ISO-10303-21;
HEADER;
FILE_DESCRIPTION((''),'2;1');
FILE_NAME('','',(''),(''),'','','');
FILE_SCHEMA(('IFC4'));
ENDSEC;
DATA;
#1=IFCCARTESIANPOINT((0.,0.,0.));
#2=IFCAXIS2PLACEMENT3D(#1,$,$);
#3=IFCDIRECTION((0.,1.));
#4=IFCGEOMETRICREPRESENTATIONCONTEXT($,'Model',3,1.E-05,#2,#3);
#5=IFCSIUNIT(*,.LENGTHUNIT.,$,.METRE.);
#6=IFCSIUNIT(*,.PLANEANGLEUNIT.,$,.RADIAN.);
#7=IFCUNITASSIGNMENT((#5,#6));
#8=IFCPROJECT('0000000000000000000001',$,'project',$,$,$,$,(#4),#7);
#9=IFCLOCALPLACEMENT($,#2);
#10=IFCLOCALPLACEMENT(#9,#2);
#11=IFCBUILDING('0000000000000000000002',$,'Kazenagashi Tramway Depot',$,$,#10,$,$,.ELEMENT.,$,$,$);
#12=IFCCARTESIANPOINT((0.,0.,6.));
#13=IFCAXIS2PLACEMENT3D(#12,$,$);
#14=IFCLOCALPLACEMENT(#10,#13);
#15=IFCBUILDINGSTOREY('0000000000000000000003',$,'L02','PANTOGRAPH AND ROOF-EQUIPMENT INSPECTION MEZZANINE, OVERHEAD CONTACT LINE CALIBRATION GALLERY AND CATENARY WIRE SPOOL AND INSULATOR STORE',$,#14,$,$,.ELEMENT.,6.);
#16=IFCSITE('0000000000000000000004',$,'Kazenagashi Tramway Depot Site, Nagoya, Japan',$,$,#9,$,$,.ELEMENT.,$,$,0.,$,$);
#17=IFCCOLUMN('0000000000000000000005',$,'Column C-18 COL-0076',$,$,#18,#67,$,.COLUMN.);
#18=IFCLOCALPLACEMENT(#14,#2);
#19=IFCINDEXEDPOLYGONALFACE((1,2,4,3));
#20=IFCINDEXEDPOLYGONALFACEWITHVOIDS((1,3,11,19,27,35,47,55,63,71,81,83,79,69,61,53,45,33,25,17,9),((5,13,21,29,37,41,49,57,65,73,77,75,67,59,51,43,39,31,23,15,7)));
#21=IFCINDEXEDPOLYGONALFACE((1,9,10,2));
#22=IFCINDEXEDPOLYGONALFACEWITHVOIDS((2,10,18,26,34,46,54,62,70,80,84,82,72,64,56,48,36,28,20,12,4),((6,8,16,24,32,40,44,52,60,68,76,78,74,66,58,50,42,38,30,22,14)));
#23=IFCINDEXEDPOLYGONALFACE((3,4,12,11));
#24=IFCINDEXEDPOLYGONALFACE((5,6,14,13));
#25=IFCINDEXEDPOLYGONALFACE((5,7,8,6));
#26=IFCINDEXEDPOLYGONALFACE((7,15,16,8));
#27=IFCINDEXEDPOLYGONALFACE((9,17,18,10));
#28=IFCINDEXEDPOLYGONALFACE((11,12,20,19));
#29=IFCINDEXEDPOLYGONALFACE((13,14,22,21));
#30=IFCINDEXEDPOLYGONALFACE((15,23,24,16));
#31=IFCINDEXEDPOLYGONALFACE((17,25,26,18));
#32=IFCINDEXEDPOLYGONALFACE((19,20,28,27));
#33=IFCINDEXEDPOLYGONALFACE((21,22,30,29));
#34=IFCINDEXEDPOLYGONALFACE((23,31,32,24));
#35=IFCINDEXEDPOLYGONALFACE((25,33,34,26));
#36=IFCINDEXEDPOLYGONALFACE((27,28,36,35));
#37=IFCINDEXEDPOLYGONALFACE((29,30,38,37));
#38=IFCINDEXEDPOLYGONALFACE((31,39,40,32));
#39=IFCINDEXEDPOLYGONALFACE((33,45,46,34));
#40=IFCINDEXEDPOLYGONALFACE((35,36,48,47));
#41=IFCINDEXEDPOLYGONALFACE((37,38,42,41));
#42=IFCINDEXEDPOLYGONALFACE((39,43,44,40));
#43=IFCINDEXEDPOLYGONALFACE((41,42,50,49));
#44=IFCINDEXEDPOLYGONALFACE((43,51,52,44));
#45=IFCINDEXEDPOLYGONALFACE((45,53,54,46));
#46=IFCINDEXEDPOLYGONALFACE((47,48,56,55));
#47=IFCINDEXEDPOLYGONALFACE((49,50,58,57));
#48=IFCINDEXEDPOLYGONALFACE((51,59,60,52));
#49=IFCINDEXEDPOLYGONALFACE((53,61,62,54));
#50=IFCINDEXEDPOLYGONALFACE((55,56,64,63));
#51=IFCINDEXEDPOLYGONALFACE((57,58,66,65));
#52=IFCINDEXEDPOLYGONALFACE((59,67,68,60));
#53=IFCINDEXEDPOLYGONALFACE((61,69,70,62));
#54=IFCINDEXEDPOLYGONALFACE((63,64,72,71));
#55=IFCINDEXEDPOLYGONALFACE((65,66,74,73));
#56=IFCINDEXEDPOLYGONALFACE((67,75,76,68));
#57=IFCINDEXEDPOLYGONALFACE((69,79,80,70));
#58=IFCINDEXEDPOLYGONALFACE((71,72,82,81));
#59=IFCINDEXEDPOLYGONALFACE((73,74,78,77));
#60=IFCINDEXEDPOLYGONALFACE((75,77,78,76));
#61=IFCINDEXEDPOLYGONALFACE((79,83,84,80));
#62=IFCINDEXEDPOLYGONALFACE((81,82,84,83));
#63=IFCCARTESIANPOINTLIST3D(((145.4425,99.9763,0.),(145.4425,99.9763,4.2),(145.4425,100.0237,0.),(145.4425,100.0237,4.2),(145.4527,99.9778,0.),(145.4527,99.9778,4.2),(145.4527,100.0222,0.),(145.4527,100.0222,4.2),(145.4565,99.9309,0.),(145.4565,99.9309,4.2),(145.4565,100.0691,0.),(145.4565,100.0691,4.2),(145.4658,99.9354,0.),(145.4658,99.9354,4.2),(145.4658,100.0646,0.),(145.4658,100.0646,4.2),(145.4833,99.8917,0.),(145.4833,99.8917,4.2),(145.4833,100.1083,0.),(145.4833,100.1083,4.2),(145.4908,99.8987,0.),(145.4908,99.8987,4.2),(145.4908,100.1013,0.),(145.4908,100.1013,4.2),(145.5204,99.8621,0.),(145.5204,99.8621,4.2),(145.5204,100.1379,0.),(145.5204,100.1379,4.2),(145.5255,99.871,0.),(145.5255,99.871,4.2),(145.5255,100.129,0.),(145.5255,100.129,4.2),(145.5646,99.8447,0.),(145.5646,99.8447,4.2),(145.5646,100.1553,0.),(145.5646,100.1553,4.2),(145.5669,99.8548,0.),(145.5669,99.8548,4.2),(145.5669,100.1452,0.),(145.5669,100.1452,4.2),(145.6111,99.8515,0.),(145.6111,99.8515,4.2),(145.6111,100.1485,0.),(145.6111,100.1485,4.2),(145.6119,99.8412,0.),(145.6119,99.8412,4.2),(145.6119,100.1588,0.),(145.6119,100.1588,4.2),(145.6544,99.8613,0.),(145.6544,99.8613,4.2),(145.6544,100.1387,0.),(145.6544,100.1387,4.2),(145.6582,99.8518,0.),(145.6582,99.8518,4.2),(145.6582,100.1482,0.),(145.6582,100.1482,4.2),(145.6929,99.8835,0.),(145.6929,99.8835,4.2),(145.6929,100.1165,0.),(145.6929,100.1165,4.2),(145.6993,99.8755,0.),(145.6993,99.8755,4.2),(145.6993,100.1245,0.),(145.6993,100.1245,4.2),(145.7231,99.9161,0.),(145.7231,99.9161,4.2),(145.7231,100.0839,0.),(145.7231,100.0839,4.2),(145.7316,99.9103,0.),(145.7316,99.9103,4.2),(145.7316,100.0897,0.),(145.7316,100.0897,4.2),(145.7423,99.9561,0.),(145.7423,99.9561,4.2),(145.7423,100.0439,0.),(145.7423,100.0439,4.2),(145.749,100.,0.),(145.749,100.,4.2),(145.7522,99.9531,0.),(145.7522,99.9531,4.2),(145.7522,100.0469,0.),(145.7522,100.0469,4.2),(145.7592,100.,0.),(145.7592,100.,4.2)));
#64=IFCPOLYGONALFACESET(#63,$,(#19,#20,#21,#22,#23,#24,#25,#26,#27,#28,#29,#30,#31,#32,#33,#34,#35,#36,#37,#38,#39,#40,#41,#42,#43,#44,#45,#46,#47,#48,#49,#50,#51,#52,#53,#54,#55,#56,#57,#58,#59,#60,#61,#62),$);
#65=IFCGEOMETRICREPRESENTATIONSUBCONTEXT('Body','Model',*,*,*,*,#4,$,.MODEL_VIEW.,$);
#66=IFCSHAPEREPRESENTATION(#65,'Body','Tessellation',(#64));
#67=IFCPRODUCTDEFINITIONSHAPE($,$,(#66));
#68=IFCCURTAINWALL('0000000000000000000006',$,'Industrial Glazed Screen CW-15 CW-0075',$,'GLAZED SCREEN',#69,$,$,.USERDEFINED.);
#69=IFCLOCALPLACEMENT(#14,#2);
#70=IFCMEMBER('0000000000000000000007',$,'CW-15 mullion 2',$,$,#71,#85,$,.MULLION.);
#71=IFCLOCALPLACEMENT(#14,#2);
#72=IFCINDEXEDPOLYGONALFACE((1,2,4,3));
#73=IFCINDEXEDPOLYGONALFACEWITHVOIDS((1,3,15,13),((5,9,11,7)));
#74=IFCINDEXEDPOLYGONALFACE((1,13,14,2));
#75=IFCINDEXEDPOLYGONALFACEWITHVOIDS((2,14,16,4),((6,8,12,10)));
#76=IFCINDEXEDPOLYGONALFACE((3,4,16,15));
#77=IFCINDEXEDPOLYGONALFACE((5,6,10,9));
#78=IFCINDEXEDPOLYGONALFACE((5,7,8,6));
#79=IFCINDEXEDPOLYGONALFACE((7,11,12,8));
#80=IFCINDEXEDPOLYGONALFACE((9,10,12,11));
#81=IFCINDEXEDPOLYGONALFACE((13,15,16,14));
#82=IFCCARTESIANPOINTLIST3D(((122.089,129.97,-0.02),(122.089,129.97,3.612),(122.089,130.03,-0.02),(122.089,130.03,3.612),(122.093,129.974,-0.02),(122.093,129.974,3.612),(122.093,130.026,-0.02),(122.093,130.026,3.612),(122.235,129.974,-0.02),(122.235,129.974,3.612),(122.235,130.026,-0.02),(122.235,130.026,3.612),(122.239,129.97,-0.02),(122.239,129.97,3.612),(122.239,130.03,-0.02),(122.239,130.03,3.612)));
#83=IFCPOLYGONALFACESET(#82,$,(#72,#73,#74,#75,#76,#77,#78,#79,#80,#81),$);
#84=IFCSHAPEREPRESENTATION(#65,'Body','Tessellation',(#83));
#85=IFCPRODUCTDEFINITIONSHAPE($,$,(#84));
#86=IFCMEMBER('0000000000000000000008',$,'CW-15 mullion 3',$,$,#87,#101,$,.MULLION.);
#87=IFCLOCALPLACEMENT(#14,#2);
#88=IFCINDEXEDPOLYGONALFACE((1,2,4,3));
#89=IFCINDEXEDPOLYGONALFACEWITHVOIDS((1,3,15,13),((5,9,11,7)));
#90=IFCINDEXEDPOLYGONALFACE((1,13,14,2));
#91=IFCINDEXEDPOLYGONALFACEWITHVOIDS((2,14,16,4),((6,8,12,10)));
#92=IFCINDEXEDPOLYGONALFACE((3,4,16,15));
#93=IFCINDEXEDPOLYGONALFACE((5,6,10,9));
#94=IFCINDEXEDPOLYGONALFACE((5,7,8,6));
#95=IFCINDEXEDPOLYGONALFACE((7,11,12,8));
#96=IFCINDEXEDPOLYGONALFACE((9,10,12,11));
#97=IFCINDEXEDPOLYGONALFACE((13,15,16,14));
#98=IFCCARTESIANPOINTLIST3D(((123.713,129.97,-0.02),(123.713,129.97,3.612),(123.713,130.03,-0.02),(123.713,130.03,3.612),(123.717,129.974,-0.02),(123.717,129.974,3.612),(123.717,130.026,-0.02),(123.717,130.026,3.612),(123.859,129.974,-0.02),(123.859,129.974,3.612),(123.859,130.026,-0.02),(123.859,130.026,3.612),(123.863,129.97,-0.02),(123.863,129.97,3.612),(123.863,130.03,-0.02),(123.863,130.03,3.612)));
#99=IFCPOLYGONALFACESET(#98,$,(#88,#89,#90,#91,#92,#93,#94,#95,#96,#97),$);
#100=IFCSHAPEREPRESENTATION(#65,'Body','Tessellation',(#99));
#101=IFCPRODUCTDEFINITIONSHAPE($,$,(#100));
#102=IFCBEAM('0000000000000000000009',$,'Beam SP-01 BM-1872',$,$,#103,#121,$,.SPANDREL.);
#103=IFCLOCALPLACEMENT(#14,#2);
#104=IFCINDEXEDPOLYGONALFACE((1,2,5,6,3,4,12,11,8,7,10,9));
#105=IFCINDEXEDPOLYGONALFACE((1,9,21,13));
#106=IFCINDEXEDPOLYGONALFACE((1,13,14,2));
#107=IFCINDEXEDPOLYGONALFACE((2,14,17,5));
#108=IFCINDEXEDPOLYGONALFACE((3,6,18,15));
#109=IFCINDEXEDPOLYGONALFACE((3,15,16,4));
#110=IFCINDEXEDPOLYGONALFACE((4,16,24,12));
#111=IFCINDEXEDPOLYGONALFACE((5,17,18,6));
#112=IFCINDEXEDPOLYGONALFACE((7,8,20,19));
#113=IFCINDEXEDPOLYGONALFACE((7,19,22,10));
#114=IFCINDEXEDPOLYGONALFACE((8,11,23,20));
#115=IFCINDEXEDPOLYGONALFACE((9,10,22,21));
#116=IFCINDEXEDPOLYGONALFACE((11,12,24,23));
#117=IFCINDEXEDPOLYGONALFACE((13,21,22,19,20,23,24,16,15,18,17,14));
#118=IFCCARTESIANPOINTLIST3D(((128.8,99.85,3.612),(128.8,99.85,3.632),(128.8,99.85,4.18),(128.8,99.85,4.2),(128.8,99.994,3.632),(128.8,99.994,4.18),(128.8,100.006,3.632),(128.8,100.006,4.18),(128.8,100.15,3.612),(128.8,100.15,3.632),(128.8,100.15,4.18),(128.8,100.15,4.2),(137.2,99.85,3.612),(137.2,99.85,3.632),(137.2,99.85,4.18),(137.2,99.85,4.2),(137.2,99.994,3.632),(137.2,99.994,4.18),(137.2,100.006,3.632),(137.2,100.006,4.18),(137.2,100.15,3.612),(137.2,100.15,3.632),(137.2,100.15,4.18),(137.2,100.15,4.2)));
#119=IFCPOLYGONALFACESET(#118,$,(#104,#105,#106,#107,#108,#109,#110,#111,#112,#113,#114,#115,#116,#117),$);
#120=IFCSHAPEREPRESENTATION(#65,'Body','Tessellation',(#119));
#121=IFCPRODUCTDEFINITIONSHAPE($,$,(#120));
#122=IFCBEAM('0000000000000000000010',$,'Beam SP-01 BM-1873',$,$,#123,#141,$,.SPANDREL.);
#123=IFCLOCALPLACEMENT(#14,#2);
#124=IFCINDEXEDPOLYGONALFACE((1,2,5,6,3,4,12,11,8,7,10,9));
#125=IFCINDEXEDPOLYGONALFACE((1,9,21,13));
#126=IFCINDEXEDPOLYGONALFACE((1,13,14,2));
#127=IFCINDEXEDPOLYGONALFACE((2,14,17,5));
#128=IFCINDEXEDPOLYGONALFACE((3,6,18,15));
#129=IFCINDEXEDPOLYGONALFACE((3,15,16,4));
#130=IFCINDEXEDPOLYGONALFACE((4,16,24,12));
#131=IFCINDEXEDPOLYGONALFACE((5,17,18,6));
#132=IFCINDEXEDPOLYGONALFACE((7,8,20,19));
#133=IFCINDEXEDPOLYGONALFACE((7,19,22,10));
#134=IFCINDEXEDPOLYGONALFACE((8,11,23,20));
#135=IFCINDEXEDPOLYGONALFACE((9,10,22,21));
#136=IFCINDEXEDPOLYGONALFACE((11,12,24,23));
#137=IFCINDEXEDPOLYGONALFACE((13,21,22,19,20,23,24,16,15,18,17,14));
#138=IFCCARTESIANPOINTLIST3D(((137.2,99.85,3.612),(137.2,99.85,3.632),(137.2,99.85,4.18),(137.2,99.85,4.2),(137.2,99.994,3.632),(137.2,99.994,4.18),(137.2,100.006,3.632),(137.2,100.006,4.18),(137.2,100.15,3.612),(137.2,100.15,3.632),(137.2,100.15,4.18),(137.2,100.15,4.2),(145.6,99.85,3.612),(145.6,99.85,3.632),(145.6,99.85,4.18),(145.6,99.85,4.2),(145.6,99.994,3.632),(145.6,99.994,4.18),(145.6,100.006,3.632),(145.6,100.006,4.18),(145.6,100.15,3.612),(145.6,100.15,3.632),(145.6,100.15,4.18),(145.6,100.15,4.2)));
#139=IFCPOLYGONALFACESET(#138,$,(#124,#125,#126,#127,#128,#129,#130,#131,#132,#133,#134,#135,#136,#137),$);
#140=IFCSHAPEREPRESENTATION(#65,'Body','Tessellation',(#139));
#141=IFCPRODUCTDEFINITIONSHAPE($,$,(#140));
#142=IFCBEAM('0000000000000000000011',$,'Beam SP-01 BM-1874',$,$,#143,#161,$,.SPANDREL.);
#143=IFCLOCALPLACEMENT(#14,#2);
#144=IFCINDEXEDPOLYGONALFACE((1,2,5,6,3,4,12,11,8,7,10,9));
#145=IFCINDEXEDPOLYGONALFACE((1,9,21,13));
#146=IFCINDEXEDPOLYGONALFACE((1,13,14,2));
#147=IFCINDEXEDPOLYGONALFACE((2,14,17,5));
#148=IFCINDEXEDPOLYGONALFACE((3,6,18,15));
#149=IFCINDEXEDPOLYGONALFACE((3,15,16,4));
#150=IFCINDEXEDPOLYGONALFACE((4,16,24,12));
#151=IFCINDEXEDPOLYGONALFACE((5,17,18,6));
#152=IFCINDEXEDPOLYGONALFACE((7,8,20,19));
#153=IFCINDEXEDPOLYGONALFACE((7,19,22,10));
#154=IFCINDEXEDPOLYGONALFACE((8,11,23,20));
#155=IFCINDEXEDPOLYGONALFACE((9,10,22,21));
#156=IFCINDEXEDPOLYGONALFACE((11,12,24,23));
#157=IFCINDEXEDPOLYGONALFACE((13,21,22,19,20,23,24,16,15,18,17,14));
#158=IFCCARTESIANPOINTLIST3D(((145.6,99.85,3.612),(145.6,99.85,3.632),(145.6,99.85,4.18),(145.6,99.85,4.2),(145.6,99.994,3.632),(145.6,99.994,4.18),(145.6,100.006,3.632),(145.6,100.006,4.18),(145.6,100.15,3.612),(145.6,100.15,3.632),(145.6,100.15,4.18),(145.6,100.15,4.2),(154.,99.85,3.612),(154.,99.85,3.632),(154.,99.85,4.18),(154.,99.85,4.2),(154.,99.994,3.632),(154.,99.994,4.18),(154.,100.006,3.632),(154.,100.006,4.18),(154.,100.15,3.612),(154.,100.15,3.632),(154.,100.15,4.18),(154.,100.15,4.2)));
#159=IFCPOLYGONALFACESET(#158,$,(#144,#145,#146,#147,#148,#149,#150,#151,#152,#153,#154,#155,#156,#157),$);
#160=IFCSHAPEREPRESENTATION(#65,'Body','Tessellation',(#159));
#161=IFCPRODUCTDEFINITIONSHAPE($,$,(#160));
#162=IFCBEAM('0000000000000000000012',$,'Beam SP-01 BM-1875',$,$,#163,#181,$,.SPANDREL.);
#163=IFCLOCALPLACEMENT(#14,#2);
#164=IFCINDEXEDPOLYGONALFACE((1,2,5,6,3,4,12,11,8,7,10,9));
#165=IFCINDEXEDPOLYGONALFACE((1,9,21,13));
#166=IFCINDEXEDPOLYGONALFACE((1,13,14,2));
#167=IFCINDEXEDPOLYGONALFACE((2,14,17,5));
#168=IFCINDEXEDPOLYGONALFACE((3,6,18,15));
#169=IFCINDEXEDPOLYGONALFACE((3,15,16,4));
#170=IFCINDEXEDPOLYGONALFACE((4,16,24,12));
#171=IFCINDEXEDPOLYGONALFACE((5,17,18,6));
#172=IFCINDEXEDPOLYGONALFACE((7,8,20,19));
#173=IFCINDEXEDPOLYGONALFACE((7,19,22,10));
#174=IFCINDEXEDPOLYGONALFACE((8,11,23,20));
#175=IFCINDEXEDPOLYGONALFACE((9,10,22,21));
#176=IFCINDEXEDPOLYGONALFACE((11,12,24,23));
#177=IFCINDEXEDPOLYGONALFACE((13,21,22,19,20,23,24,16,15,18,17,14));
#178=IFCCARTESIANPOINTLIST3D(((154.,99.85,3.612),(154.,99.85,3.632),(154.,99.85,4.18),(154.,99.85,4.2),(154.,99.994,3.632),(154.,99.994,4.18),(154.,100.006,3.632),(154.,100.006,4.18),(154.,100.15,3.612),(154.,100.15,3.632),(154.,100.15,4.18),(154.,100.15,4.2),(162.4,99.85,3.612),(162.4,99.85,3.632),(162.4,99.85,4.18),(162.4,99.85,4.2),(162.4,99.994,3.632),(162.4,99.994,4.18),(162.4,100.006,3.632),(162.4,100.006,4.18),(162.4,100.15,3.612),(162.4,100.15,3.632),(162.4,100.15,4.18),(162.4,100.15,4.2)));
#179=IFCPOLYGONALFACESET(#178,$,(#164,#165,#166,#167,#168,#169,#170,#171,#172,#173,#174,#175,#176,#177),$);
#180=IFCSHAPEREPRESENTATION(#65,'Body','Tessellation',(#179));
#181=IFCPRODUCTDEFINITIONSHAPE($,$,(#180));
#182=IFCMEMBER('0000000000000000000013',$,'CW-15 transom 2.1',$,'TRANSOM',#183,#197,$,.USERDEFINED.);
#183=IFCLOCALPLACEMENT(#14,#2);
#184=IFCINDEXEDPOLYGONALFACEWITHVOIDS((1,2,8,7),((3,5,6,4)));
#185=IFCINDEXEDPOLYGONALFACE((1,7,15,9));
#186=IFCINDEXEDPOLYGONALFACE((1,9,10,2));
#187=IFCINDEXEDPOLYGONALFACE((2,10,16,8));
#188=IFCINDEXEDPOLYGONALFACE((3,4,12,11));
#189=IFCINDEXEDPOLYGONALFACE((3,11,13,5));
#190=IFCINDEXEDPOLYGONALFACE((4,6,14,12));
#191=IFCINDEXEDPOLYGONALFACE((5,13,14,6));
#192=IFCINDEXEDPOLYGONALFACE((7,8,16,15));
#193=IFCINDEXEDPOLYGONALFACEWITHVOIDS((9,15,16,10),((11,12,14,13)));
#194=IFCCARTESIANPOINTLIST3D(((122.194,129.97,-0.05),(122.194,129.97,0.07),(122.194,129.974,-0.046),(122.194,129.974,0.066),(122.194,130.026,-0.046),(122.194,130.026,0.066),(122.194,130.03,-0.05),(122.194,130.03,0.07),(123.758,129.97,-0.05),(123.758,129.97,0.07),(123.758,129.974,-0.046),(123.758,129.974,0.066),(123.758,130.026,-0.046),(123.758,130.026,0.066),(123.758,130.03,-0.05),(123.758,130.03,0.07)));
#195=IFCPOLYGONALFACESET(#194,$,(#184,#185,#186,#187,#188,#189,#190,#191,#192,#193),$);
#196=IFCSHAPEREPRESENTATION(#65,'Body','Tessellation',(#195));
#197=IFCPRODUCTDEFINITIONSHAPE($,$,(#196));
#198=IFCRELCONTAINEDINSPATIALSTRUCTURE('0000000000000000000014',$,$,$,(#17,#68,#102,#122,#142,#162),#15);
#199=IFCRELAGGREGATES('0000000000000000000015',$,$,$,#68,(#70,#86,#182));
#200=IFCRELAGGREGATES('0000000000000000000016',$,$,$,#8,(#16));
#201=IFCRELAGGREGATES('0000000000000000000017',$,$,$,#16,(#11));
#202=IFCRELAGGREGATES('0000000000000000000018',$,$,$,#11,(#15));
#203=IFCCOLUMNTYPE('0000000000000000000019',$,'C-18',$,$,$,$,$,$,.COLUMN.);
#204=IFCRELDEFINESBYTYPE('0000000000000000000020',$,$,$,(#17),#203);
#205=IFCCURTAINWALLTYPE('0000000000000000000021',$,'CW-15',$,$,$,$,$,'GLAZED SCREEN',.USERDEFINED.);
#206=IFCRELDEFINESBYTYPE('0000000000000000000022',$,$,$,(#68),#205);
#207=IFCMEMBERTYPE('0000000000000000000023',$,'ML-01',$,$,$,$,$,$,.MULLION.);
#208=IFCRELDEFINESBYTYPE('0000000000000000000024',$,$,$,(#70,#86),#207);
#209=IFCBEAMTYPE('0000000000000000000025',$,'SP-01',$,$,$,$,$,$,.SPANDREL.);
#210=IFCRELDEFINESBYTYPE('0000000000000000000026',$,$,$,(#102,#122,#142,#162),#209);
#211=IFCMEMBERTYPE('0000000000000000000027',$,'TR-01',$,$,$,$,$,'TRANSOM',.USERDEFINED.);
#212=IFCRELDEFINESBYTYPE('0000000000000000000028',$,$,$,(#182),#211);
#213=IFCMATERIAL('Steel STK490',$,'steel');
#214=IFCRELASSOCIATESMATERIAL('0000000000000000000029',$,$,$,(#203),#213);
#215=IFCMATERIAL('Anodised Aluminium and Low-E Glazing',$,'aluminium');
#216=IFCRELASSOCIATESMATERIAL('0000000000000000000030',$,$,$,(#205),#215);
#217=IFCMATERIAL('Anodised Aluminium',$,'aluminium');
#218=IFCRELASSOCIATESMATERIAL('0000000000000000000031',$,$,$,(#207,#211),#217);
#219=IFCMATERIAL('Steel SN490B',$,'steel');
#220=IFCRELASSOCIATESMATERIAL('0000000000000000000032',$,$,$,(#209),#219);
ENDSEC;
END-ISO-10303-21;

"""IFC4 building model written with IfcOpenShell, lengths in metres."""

from ifc_helpers import new_model, si_unit, direction, frame, origin, origin_2d, place, context, subcontext, project, spatial, hollow_rectangle, hollow_circle, i_section, extrude, material, material_profile, profile_set, type_object, element, aggregate, save


model = new_model("IFC4")

# Units and contexts
model_context = context("Model", 3, precision=1e-05, world=origin(), true_north=direction((0.0, 1.0)))
body_context = subcontext(model_context, "Body", "Model", "MODEL_VIEW")
ifc_project = project(units=[si_unit("LENGTHUNIT", "METRE"), si_unit("PLANEANGLEUNIT", "RADIAN")], contexts=[model_context])

# Site, building, storey
site_placement = place(None, origin())
site = spatial("IfcSite", under=ifc_project, at=site_placement, Name="Kazenagashi Tramway Depot Site, Nagoya, Japan", CompositionType="ELEMENT", RefElevation=0.0)
building_placement = place(site_placement, origin())
building = spatial("IfcBuilding", under=site, at=building_placement, Name="Kazenagashi Tramway Depot", CompositionType="ELEMENT")
storey_placement = place(building_placement, frame((0.0, 0.0, 6.0)))
storey = spatial("IfcBuildingStorey", under=building, at=storey_placement, Name="L02", Description="PANTOGRAPH AND ROOF-EQUIPMENT INSPECTION MEZZANINE, OVERHEAD CONTACT LINE CALIBRATION GALLERY AND CATENARY WIRE SPOOL AND INSULATOR STORE", CompositionType="ELEMENT", Elevation=6.0)

# Column
ifc_material_1 = material(Name="Steel STK490", Category="steel")
ifc_material_profile_1 = material_profile(ifc_material_1, hollow_circle(Radius=0.1593, WallThickness=0.0103, at=origin_2d()), Name="CHS-318.5x10.3")
ifc_profile_set_1 = profile_set([ifc_material_profile_1], Name="Steel STK490")
column_type_1 = type_object("IfcColumnType", Name="C-18", PredefinedType="COLUMN", material=ifc_profile_set_1)
for number, where, z_axis, x_axis, name in (
    (1, (145.6, 100.0, 0.0), (0.0, 0.0, 1.0), (1.0, 0.0, 0.0), "Column C-18 COL-0076"),
):
    element("IfcColumn", number, at=place(storey_placement, frame(where, z_axis=z_axis, x_axis=x_axis)), inside=storey, type_object=column_type_1, Name=name, PredefinedType="COLUMN", context=body_context, shape_type="SweptSolid", body=[
        extrude(hollow_circle(Radius=0.1593, WallThickness=0.0103, at=origin_2d()), origin(), (0.0, 0.0, 1.0), 4.2),
    ])

# Curtain wall, members
ifc_material_2 = material(Name="Anodised Aluminium and Low-E Glazing", Category="aluminium")
curtain_wall_type = type_object("IfcCurtainWallType", Name="CW-15", ElementType="GLAZED SCREEN", PredefinedType="USERDEFINED", material=ifc_material_2)
curtain_wall_placement = place(storey_placement, origin())
curtain_wall = element("IfcCurtainWall", 2, at=curtain_wall_placement, inside=storey, type_object=curtain_wall_type, Name="Industrial Glazed Screen CW-15 CW-0075", ObjectType="GLAZED SCREEN", PredefinedType="USERDEFINED")
ifc_material_3 = material(Name="Anodised Aluminium", Category="aluminium")
ifc_material_profile_2 = material_profile(ifc_material_3, hollow_rectangle(XDim=0.06, YDim=0.15, WallThickness=0.004, at=origin_2d()), Name="RHS-150x60x4")
ifc_profile_set_2 = profile_set([ifc_material_profile_2], Name="Anodised Aluminium")
member_type_1 = type_object("IfcMemberType", Name="ML-01", PredefinedType="MULLION", material=ifc_profile_set_2)
member_1_placement = place(storey_placement, frame((122.164, 130.0, -0.02), z_axis=(0.0, 0.0, 1.0), x_axis=(0.0, 1.0, 0.0)))
member_1 = element("IfcMember", 3, at=member_1_placement, type_object=member_type_1, Name="CW-15 mullion 2", PredefinedType="MULLION", context=body_context, shape_type="SweptSolid", body=[
    extrude(hollow_rectangle(XDim=0.06, YDim=0.15, WallThickness=0.004, at=origin_2d()), origin(), (0.0, 0.0, 1.0), 3.632),
])
member_2_placement = place(storey_placement, frame((123.788, 130.0, -0.02), z_axis=(0.0, 0.0, 1.0), x_axis=(0.0, 1.0, 0.0)))
member_2 = element("IfcMember", 4, at=member_2_placement, type_object=member_type_1, Name="CW-15 mullion 3", PredefinedType="MULLION", context=body_context, shape_type="SweptSolid", body=[
    extrude(hollow_rectangle(XDim=0.06, YDim=0.15, WallThickness=0.004, at=origin_2d()), origin(), (0.0, 0.0, 1.0), 3.632),
])

# Beams
ifc_material_4 = material(Name="Steel SN490B", Category="steel")
ifc_material_profile_3 = material_profile(ifc_material_4, i_section(OverallWidth=0.3, OverallDepth=0.588, WebThickness=0.012, FlangeThickness=0.02, at=origin_2d()), Name="H-588x300x12x20")
ifc_profile_set_3 = profile_set([ifc_material_profile_3], Name="Steel SN490B")
beam_type = type_object("IfcBeamType", Name="SP-01", PredefinedType="SPANDREL", material=ifc_profile_set_3)
for number, where, z_axis, x_axis, name in (
    (5, (128.8, 100.0, 3.906), (1.0, 0.0, 0.0), (0.0, 1.0, 0.0), "Beam SP-01 BM-1872"),
    (6, (137.2, 100.0, 3.906), (1.0, 0.0, 0.0), (0.0, 1.0, 0.0), "Beam SP-01 BM-1873"),
    (7, (145.6, 100.0, 3.906), (1.0, 0.0, 0.0), (0.0, 1.0, 0.0), "Beam SP-01 BM-1874"),
    (8, (154.0, 100.0, 3.906), (1.0, 0.0, 0.0), (0.0, 1.0, 0.0), "Beam SP-01 BM-1875"),
):
    element("IfcBeam", number, at=place(storey_placement, frame(where, z_axis=z_axis, x_axis=x_axis)), inside=storey, type_object=beam_type, Name=name, PredefinedType="SPANDREL", context=body_context, shape_type="SweptSolid", body=[
        extrude(i_section(OverallWidth=0.3, OverallDepth=0.588, WebThickness=0.012, FlangeThickness=0.02, at=origin_2d()), origin(), (0.0, 0.0, 1.0), 8.4),
    ])

# Member
ifc_material_profile_4 = material_profile(ifc_material_3, hollow_rectangle(XDim=0.06, YDim=0.12, WallThickness=0.004, at=origin_2d()), Name="RHS-120x60x4")
ifc_profile_set_4 = profile_set([ifc_material_profile_4], Name="Anodised Aluminium")
member_type_2 = type_object("IfcMemberType", Name="TR-01", ElementType="TRANSOM", PredefinedType="USERDEFINED", material=ifc_profile_set_4)
member_3_placement = place(storey_placement, frame((122.194, 130.0, 0.01), z_axis=(1.0, 0.0, 0.0), x_axis=(0.0, 1.0, 0.0)))
member_3 = element("IfcMember", 9, at=member_3_placement, type_object=member_type_2, Name="CW-15 transom 2.1", ObjectType="TRANSOM", PredefinedType="USERDEFINED", context=body_context, shape_type="SweptSolid", body=[
    extrude(hollow_rectangle(XDim=0.06, YDim=0.12, WallThickness=0.004, at=origin_2d()), origin(), (0.0, 0.0, 1.0), 1.564),
])

aggregate(curtain_wall, [member_1, member_2, member_3])

save(model, "model.ifc")
